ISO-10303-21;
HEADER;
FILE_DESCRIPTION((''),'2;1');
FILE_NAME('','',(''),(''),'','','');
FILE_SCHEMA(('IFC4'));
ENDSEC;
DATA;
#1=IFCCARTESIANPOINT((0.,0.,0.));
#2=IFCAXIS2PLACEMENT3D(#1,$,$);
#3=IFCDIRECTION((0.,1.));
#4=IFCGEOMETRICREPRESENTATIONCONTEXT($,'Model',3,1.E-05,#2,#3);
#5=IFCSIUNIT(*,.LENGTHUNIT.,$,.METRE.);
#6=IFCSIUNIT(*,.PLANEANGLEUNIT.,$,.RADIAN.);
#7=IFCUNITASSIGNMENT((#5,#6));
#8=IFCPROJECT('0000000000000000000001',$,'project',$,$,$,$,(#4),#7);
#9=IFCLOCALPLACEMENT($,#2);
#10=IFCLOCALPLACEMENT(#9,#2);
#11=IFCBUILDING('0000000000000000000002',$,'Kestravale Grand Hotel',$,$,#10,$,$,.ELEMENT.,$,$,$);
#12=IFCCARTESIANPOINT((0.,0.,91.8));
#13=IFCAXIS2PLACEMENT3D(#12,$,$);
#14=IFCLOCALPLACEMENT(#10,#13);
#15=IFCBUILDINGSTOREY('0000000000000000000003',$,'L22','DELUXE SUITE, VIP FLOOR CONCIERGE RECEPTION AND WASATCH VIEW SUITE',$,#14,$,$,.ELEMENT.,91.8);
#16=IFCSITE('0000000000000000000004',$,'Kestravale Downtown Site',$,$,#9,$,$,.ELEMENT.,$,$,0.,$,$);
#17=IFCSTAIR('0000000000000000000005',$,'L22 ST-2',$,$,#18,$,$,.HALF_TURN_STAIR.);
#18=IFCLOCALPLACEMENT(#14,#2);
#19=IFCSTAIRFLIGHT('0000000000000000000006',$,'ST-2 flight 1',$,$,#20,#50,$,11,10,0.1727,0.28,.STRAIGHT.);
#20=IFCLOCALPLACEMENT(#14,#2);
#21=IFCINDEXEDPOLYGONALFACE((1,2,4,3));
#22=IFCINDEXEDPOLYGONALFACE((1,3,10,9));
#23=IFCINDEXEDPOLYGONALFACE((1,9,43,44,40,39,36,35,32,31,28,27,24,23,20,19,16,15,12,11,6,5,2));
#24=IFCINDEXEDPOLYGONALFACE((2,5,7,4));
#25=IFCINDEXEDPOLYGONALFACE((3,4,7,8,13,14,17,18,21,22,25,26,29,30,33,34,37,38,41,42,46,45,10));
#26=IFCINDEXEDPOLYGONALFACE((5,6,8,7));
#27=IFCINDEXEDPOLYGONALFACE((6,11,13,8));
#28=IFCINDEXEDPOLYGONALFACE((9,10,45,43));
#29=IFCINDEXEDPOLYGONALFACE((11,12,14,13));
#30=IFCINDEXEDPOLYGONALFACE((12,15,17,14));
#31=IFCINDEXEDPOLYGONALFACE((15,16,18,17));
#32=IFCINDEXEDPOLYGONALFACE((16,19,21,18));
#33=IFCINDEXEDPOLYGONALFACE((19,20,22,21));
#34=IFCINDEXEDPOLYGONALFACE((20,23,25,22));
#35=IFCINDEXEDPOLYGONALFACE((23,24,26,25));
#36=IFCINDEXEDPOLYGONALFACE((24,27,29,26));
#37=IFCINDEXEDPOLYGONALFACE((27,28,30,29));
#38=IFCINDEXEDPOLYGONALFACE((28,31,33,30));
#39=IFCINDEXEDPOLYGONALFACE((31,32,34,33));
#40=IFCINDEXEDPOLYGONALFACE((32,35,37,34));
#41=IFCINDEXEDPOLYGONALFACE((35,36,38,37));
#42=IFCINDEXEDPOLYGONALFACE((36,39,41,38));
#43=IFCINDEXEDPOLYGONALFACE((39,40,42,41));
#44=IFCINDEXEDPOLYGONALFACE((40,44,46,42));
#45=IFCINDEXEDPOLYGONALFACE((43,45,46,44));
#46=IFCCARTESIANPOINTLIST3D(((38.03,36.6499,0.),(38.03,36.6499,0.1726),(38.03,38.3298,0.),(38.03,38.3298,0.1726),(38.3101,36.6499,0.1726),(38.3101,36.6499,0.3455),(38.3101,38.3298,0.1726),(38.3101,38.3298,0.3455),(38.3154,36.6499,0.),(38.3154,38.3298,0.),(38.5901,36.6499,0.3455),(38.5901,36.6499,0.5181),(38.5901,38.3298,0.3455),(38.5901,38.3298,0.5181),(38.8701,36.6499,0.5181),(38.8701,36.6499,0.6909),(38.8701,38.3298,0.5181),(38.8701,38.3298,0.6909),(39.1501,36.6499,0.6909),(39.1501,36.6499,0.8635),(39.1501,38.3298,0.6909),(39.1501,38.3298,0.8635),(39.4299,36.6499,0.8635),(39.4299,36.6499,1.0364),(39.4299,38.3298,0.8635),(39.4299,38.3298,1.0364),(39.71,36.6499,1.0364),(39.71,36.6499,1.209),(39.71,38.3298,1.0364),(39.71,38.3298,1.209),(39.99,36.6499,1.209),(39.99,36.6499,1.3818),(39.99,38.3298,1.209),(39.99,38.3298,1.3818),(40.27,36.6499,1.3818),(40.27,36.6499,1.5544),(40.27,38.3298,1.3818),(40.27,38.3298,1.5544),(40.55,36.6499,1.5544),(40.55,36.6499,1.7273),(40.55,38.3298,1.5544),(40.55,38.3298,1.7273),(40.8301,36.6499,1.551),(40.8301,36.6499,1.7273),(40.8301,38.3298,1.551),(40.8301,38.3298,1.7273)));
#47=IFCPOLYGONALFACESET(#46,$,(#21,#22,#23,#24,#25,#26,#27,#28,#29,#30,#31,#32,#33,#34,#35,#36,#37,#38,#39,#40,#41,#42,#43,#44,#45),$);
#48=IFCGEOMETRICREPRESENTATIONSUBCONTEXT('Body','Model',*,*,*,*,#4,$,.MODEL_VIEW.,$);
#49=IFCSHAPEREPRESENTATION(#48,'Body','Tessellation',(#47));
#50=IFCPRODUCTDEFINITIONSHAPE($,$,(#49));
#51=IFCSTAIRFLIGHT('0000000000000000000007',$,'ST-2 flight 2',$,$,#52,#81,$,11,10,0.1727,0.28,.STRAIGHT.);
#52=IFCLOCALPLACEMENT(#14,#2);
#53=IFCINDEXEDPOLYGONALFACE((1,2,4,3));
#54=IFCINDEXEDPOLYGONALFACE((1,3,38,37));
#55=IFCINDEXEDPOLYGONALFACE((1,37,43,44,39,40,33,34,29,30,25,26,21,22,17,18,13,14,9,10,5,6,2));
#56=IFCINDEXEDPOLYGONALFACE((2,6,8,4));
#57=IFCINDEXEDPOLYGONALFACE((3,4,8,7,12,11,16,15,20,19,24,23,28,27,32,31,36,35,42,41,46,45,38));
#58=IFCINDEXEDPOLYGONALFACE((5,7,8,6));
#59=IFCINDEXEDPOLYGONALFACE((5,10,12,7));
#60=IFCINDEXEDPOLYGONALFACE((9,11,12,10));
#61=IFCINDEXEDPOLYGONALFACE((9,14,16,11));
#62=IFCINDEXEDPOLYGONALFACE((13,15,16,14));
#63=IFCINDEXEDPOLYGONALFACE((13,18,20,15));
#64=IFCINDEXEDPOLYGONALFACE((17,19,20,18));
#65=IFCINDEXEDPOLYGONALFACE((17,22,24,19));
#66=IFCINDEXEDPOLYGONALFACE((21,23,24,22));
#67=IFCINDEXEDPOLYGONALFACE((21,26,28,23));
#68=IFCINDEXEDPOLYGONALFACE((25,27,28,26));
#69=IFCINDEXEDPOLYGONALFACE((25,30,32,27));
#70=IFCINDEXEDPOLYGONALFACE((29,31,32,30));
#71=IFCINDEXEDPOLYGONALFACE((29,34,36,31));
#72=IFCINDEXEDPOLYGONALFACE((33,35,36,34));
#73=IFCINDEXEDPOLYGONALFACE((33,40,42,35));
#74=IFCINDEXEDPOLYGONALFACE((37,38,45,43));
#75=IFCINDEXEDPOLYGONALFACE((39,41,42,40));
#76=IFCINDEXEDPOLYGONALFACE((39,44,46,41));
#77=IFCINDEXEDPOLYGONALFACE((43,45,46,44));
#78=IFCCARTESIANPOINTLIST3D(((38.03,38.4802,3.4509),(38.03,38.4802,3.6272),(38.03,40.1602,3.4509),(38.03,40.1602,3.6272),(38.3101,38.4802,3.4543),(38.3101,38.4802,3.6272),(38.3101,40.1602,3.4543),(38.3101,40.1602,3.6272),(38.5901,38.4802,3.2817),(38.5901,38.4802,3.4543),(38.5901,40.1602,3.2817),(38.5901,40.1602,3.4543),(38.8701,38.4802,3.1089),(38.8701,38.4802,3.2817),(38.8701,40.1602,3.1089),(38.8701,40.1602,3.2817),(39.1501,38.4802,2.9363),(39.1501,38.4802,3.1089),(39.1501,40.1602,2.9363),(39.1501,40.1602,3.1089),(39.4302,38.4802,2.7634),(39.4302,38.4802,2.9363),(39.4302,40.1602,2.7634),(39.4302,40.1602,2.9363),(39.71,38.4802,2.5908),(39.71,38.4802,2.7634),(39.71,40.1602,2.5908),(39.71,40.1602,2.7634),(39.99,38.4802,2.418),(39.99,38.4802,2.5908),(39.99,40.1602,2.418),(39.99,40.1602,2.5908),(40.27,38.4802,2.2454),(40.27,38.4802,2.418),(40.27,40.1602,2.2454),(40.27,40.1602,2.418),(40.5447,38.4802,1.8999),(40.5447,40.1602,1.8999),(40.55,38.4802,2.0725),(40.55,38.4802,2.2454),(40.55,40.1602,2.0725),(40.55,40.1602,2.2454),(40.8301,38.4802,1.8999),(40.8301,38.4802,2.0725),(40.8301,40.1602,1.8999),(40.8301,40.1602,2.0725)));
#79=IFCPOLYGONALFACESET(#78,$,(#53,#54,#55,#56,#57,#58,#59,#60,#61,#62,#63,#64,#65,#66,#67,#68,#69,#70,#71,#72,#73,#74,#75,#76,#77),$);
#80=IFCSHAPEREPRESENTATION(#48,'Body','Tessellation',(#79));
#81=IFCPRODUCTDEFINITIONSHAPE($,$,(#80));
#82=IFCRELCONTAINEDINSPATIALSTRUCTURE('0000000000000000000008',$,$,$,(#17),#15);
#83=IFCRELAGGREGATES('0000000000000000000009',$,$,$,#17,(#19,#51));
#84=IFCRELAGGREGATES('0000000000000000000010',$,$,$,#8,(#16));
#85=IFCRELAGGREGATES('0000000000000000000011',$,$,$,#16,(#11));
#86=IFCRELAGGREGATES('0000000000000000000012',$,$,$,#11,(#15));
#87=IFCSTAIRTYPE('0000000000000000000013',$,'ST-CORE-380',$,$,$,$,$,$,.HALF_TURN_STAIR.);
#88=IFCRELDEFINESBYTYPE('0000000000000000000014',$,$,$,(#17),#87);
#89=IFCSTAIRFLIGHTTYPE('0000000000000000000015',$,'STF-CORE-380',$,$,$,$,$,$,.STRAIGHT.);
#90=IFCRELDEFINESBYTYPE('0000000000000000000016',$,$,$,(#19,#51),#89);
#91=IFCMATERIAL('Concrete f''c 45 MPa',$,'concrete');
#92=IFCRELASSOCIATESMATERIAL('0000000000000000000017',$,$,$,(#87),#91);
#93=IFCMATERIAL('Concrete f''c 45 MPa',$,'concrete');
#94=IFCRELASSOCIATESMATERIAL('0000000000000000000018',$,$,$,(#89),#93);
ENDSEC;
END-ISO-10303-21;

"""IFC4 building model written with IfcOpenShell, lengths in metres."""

from ifc_helpers import new_model, si_unit, direction, frame, origin, place, context, subcontext, project, spatial, polyline, outline, extrude, material, type_object, element, aggregate, save


model = new_model("IFC4")

# Units and contexts
model_context = context("Model", 3, precision=1e-05, world=origin(), true_north=direction((0.0, 1.0)))
body_context = subcontext(model_context, "Body", "Model", "MODEL_VIEW")
ifc_project = project(units=[si_unit("LENGTHUNIT", "METRE"), si_unit("PLANEANGLEUNIT", "RADIAN")], contexts=[model_context])

# Site, building, storey
site_placement = place(None, origin())
site = spatial("IfcSite", under=ifc_project, at=site_placement, Name="Kestravale Downtown Site", CompositionType="ELEMENT", RefElevation=0.0)
building_placement = place(site_placement, origin())
building = spatial("IfcBuilding", under=site, at=building_placement, Name="Kestravale Grand Hotel", CompositionType="ELEMENT")
storey_placement = place(building_placement, frame((0.0, 0.0, 91.8)))
storey = spatial("IfcBuildingStorey", under=building, at=storey_placement, Name="L22", Description="DELUXE SUITE, VIP FLOOR CONCIERGE RECEPTION AND WASATCH VIEW SUITE", CompositionType="ELEMENT", Elevation=91.8)

# Stair, stair flights
ifc_material_1 = material(Name="Concrete f'c 45 MPa", Category="concrete")
stair_type = type_object("IfcStairType", Name="ST-CORE-380", PredefinedType="HALF_TURN_STAIR", material=ifc_material_1)
stair_placement = place(storey_placement, origin())
stair = element("IfcStair", 1, at=stair_placement, inside=storey, type_object=stair_type, Name="L22 ST-2", PredefinedType="HALF_TURN_STAIR")
ifc_material_2 = material(Name="Concrete f'c 45 MPa", Category="concrete")
stair_flight_type = type_object("IfcStairFlightType", Name="STF-CORE-380", PredefinedType="STRAIGHT", material=ifc_material_2)
stair_flight_1_placement = place(storey_placement, frame((38.03, 37.49, 0.0), z_axis=(0.0, 0.0, 1.0), x_axis=(1.0, 0.0, 0.0)))
stair_flight_1 = element("IfcStairFlight", 2, at=stair_flight_1_placement, type_object=stair_flight_type, Name="ST-2 flight 1", NumberOfRisers=11, NumberOfTreads=10, PredefinedType="STRAIGHT", RiserHeight=0.1727, TreadLength=0.28, context=body_context, shape_type="SweptSolid", body=[
    extrude(outline(polyline([(0.0, 0.0), (0.0, 0.1726), (0.28, 0.1726), (0.28, 0.3455), (0.5601, 0.3455), (0.5601, 0.5181), (0.8401, 0.5181), (0.8401, 0.6909), (1.1201, 0.6909), (1.1201, 0.8635), (1.3999, 0.8635), (1.3999, 1.0364), (1.6799, 1.0364), (1.6799, 1.209), (1.96, 1.209), (1.96, 1.3818), (2.24, 1.3818), (2.24, 1.5544), (2.52, 1.5544), (2.52, 1.7273), (2.8, 1.7273), (2.8, 1.8999), (2.8, 1.551), (0.2854, 0.0), (0.0, 0.0)])), frame((0.0, 0.8398, 0.0), z_axis=(0.0, -1.0, 0.0), x_axis=(1.0, 0.0, 0.0)), (0.0, 0.0, 1.0), 1.6799),
])
stair_flight_2_placement = place(storey_placement, frame((40.8301, 39.3201, 1.8999), z_axis=(0.0, 0.0, 1.0), x_axis=(-1.0, 0.0, 0.0)))
stair_flight_2 = element("IfcStairFlight", 3, at=stair_flight_2_placement, type_object=stair_flight_type, Name="ST-2 flight 2", NumberOfRisers=11, NumberOfTreads=10, PredefinedType="STRAIGHT", RiserHeight=0.1727, TreadLength=0.28, context=body_context, shape_type="SweptSolid", body=[
    extrude(outline(polyline([(0.0, 0.0), (0.0, 0.1726), (0.28, 0.1726), (0.28, 0.3455), (0.5601, 0.3455), (0.5601, 0.5181), (0.8401, 0.5181), (0.8401, 0.6909), (1.1201, 0.6909), (1.1201, 0.8635), (1.3999, 0.8635), (1.3999, 1.0364), (1.6799, 1.0364), (1.6799, 1.209), (1.96, 1.209), (1.96, 1.3818), (2.24, 1.3818), (2.24, 1.5544), (2.52, 1.5544), (2.52, 1.7273), (2.8, 1.7273), (2.8, 1.8999), (2.8, 1.551), (0.2854, 0.0), (0.0, 0.0)])), frame((0.0, 0.8398, 0.0), z_axis=(0.0, -1.0, 0.0), x_axis=(1.0, 0.0, 0.0)), (0.0, 0.0, 1.0), 1.6799),
])
aggregate(stair, [stair_flight_1, stair_flight_2])

save(model, "model.ifc")
